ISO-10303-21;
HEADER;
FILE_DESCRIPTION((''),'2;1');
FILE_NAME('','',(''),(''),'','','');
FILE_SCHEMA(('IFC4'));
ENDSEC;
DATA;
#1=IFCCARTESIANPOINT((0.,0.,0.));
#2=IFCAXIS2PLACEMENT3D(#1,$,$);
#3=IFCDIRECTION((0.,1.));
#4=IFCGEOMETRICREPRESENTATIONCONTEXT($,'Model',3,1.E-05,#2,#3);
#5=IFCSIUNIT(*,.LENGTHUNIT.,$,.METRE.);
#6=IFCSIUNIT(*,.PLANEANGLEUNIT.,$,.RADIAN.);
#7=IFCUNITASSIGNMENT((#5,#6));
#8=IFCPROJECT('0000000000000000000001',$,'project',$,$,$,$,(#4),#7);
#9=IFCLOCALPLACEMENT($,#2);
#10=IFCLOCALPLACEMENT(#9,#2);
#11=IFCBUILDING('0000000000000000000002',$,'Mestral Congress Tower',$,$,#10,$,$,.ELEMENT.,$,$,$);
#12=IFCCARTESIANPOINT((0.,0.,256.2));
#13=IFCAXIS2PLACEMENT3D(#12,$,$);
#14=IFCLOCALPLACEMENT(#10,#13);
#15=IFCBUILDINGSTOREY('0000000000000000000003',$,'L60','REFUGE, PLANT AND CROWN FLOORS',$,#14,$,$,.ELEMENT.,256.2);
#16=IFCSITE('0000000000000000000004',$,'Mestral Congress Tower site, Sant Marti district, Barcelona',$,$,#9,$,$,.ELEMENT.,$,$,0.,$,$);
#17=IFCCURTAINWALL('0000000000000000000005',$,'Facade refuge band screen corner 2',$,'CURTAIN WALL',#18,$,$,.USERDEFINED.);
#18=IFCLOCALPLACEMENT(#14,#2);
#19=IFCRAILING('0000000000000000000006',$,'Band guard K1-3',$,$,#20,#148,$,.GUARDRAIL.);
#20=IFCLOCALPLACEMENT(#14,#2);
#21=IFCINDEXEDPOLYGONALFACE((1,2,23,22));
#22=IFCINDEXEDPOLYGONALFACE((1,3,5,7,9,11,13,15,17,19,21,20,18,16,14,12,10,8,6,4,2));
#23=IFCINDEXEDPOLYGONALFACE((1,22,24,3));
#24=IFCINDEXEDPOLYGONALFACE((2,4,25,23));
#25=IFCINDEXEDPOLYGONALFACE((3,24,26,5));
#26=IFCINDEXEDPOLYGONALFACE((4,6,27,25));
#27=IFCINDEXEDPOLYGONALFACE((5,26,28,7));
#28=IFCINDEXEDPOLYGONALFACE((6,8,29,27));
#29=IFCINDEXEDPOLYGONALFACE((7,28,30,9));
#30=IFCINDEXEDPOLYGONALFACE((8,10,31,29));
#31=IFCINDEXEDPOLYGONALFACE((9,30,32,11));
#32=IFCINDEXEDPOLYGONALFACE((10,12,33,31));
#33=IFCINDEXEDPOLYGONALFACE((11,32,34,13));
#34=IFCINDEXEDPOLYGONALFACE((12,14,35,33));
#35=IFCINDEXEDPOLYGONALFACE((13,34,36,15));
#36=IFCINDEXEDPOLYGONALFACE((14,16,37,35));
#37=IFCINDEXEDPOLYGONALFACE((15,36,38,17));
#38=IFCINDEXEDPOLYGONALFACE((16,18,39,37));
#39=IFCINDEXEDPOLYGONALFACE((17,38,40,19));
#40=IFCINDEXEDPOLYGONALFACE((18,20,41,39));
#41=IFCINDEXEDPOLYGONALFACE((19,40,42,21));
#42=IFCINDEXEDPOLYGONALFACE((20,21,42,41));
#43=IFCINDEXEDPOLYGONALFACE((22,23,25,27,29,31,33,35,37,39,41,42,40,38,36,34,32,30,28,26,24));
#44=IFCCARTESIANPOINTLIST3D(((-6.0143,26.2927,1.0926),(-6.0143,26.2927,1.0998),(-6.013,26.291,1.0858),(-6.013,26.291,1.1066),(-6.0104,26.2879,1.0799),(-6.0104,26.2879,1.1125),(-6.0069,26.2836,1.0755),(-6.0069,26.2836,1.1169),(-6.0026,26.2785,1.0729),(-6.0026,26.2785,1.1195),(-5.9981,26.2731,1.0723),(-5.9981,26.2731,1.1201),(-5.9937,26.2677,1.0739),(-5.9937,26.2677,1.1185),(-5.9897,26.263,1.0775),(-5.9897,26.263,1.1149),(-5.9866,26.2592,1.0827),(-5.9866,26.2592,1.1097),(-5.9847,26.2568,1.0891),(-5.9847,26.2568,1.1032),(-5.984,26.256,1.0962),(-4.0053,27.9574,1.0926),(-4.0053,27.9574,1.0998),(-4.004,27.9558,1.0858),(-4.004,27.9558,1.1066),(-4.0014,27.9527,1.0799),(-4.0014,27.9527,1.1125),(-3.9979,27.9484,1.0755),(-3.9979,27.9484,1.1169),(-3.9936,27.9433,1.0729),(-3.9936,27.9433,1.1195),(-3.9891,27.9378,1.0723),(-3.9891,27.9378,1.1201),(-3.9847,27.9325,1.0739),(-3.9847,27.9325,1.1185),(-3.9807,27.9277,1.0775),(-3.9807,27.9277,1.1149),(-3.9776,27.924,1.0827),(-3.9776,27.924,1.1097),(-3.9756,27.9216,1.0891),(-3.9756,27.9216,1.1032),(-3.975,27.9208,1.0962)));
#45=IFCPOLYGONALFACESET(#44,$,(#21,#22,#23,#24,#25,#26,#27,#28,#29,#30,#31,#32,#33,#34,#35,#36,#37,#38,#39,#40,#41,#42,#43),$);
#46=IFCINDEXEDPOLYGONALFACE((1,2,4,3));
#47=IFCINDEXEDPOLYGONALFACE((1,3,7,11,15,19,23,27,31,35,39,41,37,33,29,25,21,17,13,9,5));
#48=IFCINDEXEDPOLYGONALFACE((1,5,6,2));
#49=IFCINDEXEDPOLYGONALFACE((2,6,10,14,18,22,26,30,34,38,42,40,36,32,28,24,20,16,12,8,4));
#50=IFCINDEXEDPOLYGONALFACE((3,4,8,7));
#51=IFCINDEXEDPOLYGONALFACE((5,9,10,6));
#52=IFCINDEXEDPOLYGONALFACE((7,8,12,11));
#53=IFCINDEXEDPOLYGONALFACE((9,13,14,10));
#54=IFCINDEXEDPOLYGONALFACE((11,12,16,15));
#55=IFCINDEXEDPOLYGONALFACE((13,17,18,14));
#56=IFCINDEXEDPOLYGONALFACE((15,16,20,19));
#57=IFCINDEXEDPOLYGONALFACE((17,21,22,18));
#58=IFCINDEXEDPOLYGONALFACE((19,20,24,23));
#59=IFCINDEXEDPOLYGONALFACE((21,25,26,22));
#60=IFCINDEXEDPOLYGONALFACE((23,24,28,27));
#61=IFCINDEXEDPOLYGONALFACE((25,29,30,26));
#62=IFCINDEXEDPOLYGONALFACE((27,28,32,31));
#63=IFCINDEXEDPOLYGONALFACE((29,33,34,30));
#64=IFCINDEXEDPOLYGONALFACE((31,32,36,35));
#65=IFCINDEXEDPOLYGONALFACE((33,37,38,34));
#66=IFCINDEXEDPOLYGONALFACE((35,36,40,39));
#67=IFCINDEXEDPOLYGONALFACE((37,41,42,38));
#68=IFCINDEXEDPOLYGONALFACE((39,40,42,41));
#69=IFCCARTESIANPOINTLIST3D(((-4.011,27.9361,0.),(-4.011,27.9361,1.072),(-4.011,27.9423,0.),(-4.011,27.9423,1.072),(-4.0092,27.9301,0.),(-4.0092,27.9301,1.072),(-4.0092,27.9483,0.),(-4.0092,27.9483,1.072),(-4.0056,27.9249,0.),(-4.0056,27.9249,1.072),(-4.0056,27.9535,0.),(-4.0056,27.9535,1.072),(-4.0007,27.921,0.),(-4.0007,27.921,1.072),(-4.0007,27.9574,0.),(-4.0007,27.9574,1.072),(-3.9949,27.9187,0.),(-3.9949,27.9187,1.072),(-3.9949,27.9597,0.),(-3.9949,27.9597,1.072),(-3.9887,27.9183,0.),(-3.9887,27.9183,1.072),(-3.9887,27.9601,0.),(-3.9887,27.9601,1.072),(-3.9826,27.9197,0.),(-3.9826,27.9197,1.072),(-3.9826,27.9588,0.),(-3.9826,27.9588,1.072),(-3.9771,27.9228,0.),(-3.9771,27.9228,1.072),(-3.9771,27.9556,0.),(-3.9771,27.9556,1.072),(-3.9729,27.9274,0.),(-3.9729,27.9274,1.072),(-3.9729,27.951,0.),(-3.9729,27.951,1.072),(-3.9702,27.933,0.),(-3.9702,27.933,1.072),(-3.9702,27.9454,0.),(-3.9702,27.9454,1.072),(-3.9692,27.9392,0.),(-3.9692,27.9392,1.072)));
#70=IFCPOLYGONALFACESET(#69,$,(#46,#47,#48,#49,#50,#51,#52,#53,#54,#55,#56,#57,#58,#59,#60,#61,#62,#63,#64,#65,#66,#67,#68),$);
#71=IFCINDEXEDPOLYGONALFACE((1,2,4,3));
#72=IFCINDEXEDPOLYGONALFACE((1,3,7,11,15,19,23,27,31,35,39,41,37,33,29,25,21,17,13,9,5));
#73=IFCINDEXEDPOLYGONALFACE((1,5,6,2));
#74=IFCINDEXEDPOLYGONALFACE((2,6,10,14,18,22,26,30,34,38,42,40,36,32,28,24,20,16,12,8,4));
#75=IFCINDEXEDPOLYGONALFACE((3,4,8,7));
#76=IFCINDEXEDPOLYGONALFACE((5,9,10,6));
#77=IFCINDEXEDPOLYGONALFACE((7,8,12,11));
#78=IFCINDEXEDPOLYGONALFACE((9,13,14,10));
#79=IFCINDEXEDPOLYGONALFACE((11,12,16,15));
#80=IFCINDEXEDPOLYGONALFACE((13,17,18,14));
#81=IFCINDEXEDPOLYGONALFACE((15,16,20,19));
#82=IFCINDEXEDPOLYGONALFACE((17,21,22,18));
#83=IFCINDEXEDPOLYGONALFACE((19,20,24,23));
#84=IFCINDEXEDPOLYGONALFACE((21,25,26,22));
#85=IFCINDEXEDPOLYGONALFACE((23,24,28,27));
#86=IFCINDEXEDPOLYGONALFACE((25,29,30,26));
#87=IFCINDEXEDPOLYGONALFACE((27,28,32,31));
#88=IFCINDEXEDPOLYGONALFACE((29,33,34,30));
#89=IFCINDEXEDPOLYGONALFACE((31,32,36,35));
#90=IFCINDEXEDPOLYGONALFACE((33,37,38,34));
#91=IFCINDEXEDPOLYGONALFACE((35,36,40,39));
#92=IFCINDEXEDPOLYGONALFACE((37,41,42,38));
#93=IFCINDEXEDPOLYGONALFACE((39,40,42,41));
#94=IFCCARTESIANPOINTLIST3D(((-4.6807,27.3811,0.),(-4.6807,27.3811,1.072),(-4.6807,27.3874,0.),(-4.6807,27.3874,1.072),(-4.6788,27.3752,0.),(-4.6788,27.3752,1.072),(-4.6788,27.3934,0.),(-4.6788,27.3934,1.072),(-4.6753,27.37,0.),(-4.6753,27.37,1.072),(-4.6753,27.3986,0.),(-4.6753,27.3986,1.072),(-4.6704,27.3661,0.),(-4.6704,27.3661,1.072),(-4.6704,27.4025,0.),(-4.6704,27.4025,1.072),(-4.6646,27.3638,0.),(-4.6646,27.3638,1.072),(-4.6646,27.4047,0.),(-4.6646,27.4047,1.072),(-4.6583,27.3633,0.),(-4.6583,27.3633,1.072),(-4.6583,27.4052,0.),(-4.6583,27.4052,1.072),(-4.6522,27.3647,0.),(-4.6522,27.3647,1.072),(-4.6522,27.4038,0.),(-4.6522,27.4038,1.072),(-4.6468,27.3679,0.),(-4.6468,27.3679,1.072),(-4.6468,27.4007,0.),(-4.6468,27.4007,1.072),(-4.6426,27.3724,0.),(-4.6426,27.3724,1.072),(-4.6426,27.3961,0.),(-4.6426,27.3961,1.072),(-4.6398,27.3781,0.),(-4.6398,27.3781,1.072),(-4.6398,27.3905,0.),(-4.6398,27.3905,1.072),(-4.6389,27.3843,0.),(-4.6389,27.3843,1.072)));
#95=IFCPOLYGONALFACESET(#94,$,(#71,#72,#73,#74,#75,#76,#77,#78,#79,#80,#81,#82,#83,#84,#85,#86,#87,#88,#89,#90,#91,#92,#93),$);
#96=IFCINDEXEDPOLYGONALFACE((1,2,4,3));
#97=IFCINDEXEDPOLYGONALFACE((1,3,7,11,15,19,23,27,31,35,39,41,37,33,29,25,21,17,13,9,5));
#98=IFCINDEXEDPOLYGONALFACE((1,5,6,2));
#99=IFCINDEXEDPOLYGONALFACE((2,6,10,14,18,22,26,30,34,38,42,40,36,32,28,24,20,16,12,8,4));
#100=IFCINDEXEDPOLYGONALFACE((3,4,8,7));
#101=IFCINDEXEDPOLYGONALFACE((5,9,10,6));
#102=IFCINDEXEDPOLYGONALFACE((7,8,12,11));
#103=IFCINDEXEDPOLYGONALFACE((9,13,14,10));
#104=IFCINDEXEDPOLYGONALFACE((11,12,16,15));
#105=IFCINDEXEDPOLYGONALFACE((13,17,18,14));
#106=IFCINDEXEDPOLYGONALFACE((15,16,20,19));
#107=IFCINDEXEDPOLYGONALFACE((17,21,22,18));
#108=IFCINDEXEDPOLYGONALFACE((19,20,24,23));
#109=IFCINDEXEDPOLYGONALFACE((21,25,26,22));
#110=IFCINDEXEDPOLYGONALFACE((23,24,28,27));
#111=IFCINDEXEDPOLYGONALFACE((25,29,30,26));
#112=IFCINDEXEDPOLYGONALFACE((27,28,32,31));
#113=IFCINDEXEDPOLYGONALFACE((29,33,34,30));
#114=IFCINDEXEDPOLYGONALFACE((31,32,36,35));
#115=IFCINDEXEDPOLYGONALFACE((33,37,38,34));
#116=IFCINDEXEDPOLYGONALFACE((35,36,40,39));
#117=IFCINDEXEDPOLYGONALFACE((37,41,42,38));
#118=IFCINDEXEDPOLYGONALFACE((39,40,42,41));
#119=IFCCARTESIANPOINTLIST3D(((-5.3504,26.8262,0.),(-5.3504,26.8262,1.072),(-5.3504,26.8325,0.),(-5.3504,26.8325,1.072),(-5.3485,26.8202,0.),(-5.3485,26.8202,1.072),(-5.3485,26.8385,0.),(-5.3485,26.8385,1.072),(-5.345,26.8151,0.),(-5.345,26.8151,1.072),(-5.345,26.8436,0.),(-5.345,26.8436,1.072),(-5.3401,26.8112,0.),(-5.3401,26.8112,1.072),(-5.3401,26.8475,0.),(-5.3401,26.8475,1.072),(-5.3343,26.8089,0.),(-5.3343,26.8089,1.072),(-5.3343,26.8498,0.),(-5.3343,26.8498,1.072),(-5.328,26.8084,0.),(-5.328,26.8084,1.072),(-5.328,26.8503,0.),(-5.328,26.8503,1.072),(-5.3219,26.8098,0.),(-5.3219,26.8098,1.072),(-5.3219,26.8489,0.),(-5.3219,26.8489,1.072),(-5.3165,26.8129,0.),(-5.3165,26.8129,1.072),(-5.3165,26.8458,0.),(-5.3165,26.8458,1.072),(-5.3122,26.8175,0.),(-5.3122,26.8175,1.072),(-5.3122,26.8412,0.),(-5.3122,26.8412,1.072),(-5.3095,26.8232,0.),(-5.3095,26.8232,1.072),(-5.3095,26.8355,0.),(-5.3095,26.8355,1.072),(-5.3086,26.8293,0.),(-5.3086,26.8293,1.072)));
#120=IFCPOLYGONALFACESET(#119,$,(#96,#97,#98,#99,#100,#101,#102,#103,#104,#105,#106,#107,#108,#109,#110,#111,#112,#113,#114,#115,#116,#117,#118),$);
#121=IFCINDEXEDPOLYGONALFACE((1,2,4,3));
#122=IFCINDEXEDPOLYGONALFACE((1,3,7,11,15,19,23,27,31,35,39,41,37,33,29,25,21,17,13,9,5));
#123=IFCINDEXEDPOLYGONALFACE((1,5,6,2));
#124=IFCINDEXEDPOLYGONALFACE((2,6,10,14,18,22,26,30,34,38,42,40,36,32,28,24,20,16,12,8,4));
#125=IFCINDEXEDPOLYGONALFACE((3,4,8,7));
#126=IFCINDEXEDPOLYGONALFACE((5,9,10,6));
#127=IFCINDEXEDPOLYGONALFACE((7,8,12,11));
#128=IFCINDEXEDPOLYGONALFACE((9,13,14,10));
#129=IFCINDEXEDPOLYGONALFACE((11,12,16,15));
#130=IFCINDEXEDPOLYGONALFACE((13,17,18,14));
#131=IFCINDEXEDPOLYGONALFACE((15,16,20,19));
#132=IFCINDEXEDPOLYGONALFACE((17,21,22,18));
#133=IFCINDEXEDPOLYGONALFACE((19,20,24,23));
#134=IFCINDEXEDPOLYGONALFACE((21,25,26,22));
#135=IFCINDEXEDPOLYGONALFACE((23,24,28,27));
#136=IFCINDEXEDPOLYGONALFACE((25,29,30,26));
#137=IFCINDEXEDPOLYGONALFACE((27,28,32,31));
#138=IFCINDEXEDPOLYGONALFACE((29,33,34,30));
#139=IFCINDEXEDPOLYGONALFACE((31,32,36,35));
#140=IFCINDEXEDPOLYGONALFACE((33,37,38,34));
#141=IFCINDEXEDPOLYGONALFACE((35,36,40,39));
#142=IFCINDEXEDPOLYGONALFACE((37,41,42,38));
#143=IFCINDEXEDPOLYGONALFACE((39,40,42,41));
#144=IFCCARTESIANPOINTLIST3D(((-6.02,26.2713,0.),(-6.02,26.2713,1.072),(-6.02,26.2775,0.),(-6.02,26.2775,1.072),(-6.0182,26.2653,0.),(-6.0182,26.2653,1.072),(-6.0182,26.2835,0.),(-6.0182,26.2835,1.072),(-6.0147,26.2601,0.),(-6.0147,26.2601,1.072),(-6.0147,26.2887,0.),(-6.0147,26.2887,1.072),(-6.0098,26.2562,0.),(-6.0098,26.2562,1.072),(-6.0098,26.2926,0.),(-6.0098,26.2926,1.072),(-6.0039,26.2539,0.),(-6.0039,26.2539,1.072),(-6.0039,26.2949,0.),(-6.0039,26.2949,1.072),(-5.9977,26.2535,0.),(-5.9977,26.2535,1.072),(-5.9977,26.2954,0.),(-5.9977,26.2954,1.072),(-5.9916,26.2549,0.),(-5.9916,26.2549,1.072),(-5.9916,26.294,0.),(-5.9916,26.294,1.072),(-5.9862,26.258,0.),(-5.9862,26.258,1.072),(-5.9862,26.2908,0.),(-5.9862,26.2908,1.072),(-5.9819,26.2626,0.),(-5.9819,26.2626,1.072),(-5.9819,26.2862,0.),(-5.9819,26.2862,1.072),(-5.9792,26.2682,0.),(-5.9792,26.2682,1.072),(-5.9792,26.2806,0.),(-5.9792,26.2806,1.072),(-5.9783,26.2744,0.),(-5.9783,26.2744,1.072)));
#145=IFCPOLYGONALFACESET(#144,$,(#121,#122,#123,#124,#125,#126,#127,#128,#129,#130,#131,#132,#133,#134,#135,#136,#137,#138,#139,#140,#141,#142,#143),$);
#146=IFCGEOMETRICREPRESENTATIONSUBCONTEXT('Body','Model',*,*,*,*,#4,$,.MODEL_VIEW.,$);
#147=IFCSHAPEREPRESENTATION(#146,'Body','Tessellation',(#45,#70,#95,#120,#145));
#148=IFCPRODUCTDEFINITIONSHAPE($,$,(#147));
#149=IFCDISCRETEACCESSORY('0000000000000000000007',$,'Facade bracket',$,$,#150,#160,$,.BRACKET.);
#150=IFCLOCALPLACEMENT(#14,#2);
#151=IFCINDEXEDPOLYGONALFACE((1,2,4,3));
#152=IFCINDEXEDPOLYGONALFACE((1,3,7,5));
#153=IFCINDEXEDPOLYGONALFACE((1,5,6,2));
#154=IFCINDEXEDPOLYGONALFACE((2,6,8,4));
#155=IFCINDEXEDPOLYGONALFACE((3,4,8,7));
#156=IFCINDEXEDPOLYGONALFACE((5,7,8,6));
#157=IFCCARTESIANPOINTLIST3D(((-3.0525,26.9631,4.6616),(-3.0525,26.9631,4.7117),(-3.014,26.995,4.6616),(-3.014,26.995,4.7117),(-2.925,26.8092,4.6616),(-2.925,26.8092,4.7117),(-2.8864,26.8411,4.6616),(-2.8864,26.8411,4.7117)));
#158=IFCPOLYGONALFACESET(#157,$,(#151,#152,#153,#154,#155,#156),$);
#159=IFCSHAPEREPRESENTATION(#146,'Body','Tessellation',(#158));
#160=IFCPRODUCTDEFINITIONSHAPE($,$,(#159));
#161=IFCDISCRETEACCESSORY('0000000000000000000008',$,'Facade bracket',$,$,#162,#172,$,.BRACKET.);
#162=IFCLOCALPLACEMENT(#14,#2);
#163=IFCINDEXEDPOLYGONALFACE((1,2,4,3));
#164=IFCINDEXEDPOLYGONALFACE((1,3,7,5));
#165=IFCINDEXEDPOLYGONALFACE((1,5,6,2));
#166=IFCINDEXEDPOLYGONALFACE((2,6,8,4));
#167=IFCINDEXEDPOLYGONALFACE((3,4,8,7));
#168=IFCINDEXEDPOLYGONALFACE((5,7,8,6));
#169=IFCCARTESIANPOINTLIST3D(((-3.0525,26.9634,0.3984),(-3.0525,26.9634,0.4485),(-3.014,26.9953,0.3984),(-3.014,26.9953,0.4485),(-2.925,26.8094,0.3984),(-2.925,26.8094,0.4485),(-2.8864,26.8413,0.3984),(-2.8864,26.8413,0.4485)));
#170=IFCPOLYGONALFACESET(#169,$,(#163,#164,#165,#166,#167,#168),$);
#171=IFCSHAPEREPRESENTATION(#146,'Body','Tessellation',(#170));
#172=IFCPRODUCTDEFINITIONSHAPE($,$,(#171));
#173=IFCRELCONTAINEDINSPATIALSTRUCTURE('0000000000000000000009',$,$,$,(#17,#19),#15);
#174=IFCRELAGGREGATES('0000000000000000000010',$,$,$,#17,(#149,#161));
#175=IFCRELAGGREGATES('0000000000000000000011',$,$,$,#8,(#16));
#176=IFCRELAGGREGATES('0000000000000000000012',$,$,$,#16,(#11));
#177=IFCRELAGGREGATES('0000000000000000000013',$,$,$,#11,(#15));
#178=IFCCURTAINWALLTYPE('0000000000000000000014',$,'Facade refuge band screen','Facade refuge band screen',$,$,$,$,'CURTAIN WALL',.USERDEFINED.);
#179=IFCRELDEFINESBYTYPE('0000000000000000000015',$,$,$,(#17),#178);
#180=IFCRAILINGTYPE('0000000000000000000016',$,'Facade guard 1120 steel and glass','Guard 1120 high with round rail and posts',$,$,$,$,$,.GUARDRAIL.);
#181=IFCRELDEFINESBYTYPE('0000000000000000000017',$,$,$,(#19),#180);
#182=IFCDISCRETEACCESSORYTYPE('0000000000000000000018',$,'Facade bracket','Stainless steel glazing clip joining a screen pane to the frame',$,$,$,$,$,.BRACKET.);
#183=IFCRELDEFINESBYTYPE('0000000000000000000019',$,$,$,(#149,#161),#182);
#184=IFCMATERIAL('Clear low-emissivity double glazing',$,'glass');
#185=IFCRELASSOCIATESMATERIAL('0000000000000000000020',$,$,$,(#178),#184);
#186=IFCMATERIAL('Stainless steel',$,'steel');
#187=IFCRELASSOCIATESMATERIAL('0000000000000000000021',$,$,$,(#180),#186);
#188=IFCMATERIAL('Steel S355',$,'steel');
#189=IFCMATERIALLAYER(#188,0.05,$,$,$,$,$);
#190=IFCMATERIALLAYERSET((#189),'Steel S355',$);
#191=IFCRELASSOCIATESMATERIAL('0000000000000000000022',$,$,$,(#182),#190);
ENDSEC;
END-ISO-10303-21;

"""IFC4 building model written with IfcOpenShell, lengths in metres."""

from ifc_helpers import new_model, si_unit, direction, frame, origin, origin_2d, place, context, subcontext, project, spatial, rectangle, circle, extrude, material, layer, layer_set, type_object, element, aggregate, save


model = new_model("IFC4")

# Units and contexts
model_context = context("Model", 3, precision=1e-05, world=origin(), true_north=direction((0.0, 1.0)))
body_context = subcontext(model_context, "Body", "Model", "MODEL_VIEW")
ifc_project = project(units=[si_unit("LENGTHUNIT", "METRE"), si_unit("PLANEANGLEUNIT", "RADIAN")], contexts=[model_context])

# Site, building, storey
site_placement = place(None, origin())
site = spatial("IfcSite", under=ifc_project, at=site_placement, Name="Mestral Congress Tower site, Sant Marti district, Barcelona", CompositionType="ELEMENT", RefElevation=0.0)
building_placement = place(site_placement, origin())
building = spatial("IfcBuilding", under=site, at=building_placement, Name="Mestral Congress Tower", CompositionType="ELEMENT")
storey_placement = place(building_placement, frame((0.0, 0.0, 256.2)))
storey = spatial("IfcBuildingStorey", under=building, at=storey_placement, Name="L60", Description="REFUGE, PLANT AND CROWN FLOORS", CompositionType="ELEMENT", Elevation=256.2)

# Shared definitions
ifc_material_1 = material(Name="Steel S355", Category="steel")

# Curtain wall
ifc_material_2 = material(Name="Clear low-emissivity double glazing", Category="glass")
curtain_wall_type = type_object("IfcCurtainWallType", Name="Facade refuge band screen", Description="Facade refuge band screen", ElementType="CURTAIN WALL", PredefinedType="USERDEFINED", material=ifc_material_2)
curtain_wall_placement = place(storey_placement, origin())
curtain_wall = element("IfcCurtainWall", 1, at=curtain_wall_placement, inside=storey, type_object=curtain_wall_type, Name="Facade refuge band screen corner 2", ObjectType="CURTAIN WALL", PredefinedType="USERDEFINED")

# Railing
ifc_material_3 = material(Name="Stainless steel", Category="steel")
railing_type = type_object("IfcRailingType", Name="Facade guard 1120 steel and glass", Description="Guard 1120 high with round rail and posts", PredefinedType="GUARDRAIL", material=ifc_material_3)
railing_1_placement = place(storey_placement, frame((-3.9902, 27.9392, 0.0)))
element("IfcRailing", 2, at=railing_1_placement, inside=storey, type_object=railing_type, Name="Band guard K1-3", PredefinedType="GUARDRAIL", context=body_context, shape_type="SweptSolid", body=[
    extrude(circle(Radius=0.0239, at=origin_2d()), frame((0.0, 0.0, 1.0962), z_axis=(-0.76999, -0.638056, 0.0), x_axis=(0.638056, -0.76999, 0.0)), (0.0, 0.0, 1.0), 2.6091),
    extrude(circle(Radius=0.021, at=origin_2d()), origin(), (0.0, 0.0, 1.0), 1.072),
    extrude(circle(Radius=0.021, at=origin_2d()), frame((-0.6697, -0.5549, 0.0)), (0.0, 0.0, 1.0), 1.072),
    extrude(circle(Radius=0.021, at=origin_2d()), frame((-1.3394, -1.1099, 0.0)), (0.0, 0.0, 1.0), 1.072),
    extrude(circle(Radius=0.021, at=origin_2d()), frame((-2.009, -1.6648, 0.0)), (0.0, 0.0, 1.0), 1.072),
])

# Discrete accessories
ifc_layer_1 = layer(ifc_material_1, 0.05)
ifc_layer_set_1 = layer_set([ifc_layer_1], Name="Steel S355")
discrete_accessory_type = type_object("IfcDiscreteAccessoryType", Name="Facade bracket", Description="Stainless steel glazing clip joining a screen pane to the frame", PredefinedType="BRACKET", material=ifc_layer_set_1)
discrete_accessory_1_placement = place(storey_placement, frame((-2.9695, 26.9021, 4.6616), z_axis=(0.0, 0.0, 1.0), x_axis=(-0.76995, -0.638104, 0.0)))
discrete_accessory_1 = element("IfcDiscreteAccessory", 3, at=discrete_accessory_1_placement, type_object=discrete_accessory_type, Name="Facade bracket", PredefinedType="BRACKET", context=body_context, shape_type="SweptSolid", body=[
    extrude(rectangle(XDim=0.05, YDim=0.2, at=origin_2d()), origin(), (0.0, 0.0, 1.0), 0.05),
])
discrete_accessory_2_placement = place(storey_placement, frame((-2.9695, 26.9023, 0.3984), z_axis=(0.0, 0.0, 1.0), x_axis=(-0.76994, -0.638116, 0.0)))
discrete_accessory_2 = element("IfcDiscreteAccessory", 4, at=discrete_accessory_2_placement, type_object=discrete_accessory_type, Name="Facade bracket", PredefinedType="BRACKET", context=body_context, shape_type="SweptSolid", body=[
    extrude(rectangle(XDim=0.05, YDim=0.2, at=origin_2d()), origin(), (0.0, 0.0, 1.0), 0.05),
])
aggregate(curtain_wall, [discrete_accessory_1, discrete_accessory_2])

save(model, "model.ifc")
